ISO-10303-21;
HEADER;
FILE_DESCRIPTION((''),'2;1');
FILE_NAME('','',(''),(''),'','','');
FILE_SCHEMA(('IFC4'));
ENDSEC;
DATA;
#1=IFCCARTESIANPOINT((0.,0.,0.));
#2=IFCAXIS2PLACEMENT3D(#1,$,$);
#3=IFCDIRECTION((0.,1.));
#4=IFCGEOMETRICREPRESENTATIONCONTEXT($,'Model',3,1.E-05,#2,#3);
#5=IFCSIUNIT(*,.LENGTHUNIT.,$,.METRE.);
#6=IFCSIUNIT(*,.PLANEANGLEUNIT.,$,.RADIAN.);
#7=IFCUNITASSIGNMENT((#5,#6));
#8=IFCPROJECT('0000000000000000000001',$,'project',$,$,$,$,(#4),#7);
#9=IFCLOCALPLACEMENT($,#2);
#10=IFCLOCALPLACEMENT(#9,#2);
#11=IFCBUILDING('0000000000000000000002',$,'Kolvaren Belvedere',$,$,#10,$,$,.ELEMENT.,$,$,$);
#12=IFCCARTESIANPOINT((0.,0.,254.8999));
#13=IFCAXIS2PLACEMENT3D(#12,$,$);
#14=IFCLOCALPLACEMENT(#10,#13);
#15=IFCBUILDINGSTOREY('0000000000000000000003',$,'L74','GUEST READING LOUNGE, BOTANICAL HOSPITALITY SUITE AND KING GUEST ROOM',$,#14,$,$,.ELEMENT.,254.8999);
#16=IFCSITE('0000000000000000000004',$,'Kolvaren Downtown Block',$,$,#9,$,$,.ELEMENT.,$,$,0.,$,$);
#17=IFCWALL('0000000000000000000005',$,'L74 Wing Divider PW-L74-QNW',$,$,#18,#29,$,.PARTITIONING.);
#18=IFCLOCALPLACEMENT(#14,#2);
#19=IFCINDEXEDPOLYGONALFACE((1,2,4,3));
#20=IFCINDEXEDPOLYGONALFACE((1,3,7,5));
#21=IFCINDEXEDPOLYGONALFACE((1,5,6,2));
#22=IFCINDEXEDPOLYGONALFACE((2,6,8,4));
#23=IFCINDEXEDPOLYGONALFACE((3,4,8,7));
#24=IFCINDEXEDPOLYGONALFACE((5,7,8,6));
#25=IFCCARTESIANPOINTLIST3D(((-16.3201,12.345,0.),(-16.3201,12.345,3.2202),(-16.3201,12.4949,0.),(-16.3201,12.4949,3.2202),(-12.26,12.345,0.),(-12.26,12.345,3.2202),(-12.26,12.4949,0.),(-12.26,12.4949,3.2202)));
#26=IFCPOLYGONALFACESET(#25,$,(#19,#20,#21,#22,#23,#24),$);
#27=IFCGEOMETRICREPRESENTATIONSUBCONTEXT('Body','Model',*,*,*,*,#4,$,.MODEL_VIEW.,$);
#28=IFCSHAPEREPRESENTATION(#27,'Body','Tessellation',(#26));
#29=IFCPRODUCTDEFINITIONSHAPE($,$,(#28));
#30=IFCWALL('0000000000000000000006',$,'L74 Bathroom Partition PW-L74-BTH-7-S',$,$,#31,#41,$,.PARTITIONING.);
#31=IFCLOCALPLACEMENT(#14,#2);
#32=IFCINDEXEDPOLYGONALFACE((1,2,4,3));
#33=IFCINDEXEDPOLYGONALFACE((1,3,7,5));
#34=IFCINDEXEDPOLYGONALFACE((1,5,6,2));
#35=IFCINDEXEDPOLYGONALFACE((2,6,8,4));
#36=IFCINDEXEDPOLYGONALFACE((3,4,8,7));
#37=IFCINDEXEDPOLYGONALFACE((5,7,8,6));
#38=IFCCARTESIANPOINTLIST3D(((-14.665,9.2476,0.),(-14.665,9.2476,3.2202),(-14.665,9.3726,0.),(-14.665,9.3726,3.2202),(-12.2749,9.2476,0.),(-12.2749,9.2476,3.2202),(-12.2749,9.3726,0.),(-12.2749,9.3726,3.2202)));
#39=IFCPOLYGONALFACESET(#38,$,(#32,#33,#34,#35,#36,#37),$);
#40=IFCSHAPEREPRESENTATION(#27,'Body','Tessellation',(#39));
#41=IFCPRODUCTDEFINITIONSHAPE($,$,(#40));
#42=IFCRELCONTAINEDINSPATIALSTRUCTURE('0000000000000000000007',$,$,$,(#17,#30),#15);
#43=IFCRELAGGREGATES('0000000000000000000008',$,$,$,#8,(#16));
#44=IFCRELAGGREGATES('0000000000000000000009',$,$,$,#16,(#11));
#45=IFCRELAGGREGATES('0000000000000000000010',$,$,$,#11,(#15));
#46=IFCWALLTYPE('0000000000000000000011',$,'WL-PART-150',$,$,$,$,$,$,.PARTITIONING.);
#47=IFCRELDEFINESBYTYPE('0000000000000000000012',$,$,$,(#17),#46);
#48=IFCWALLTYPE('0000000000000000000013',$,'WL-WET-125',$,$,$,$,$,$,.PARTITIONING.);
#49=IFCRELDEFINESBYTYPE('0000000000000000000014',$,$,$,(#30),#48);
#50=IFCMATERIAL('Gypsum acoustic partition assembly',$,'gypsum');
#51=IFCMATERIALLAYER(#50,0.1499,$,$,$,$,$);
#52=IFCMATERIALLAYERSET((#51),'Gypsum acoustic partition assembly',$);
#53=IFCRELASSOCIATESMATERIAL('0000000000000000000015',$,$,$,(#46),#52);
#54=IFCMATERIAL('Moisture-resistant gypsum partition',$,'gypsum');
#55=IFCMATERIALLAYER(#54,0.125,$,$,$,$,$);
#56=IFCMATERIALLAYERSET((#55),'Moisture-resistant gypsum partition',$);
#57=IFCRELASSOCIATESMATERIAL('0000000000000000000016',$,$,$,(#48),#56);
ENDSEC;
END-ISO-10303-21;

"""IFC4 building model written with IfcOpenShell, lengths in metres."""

from ifc_helpers import new_model, si_unit, direction, frame, frame_2d, origin, place, context, subcontext, project, spatial, rectangle, extrude, material, layer, layer_set, type_object, element, save


model = new_model("IFC4")

# Units and contexts
model_context = context("Model", 3, precision=1e-05, world=origin(), true_north=direction((0.0, 1.0)))
body_context = subcontext(model_context, "Body", "Model", "MODEL_VIEW")
ifc_project = project(units=[si_unit("LENGTHUNIT", "METRE"), si_unit("PLANEANGLEUNIT", "RADIAN")], contexts=[model_context])

# Site, building, storey
site_placement = place(None, origin())
site = spatial("IfcSite", under=ifc_project, at=site_placement, Name="Kolvaren Downtown Block", CompositionType="ELEMENT", RefElevation=0.0)
building_placement = place(site_placement, origin())
building = spatial("IfcBuilding", under=site, at=building_placement, Name="Kolvaren Belvedere", CompositionType="ELEMENT")
storey_placement = place(building_placement, frame((0.0, 0.0, 254.8999)))
storey = spatial("IfcBuildingStorey", under=building, at=storey_placement, Name="L74", Description="GUEST READING LOUNGE, BOTANICAL HOSPITALITY SUITE AND KING GUEST ROOM", CompositionType="ELEMENT", Elevation=254.8999)

# Walls
ifc_material_1 = material(Name="Gypsum acoustic partition assembly", Category="gypsum")
ifc_layer_1 = layer(ifc_material_1, 0.1499)
ifc_layer_set_1 = layer_set([ifc_layer_1], Name="Gypsum acoustic partition assembly")
wall_type_1 = type_object("IfcWallType", Name="WL-PART-150", PredefinedType="PARTITIONING", material=ifc_layer_set_1)
wall_1_placement = place(storey_placement, frame((-16.3201, 12.4199, 0.0), z_axis=(0.0, 0.0, 1.0), x_axis=(1.0, 0.0, 0.0)))
element("IfcWall", 1, at=wall_1_placement, inside=storey, type_object=wall_type_1, Name="L74 Wing Divider PW-L74-QNW", PredefinedType="PARTITIONING", context=body_context, shape_type="SweptSolid", body=[
    extrude(rectangle(XDim=4.0601, YDim=0.1499, at=frame_2d((2.03, 0.0))), origin(), (0.0, 0.0, 1.0), 3.2202),
])
ifc_material_2 = material(Name="Moisture-resistant gypsum partition", Category="gypsum")
ifc_layer_2 = layer(ifc_material_2, 0.125)
ifc_layer_set_2 = layer_set([ifc_layer_2], Name="Moisture-resistant gypsum partition")
wall_type_2 = type_object("IfcWallType", Name="WL-WET-125", PredefinedType="PARTITIONING", material=ifc_layer_set_2)
wall_2_placement = place(storey_placement, frame((-14.665, 9.3101, 0.0), z_axis=(0.0, 0.0, 1.0), x_axis=(1.0, 0.0, 0.0)))
element("IfcWall", 2, at=wall_2_placement, inside=storey, type_object=wall_type_2, Name="L74 Bathroom Partition PW-L74-BTH-7-S", PredefinedType="PARTITIONING", context=body_context, shape_type="SweptSolid", body=[
    extrude(rectangle(XDim=2.3901, YDim=0.125, at=frame_2d((1.1951, 0.0))), origin(), (0.0, 0.0, 1.0), 3.2202),
])

save(model, "model.ifc")
